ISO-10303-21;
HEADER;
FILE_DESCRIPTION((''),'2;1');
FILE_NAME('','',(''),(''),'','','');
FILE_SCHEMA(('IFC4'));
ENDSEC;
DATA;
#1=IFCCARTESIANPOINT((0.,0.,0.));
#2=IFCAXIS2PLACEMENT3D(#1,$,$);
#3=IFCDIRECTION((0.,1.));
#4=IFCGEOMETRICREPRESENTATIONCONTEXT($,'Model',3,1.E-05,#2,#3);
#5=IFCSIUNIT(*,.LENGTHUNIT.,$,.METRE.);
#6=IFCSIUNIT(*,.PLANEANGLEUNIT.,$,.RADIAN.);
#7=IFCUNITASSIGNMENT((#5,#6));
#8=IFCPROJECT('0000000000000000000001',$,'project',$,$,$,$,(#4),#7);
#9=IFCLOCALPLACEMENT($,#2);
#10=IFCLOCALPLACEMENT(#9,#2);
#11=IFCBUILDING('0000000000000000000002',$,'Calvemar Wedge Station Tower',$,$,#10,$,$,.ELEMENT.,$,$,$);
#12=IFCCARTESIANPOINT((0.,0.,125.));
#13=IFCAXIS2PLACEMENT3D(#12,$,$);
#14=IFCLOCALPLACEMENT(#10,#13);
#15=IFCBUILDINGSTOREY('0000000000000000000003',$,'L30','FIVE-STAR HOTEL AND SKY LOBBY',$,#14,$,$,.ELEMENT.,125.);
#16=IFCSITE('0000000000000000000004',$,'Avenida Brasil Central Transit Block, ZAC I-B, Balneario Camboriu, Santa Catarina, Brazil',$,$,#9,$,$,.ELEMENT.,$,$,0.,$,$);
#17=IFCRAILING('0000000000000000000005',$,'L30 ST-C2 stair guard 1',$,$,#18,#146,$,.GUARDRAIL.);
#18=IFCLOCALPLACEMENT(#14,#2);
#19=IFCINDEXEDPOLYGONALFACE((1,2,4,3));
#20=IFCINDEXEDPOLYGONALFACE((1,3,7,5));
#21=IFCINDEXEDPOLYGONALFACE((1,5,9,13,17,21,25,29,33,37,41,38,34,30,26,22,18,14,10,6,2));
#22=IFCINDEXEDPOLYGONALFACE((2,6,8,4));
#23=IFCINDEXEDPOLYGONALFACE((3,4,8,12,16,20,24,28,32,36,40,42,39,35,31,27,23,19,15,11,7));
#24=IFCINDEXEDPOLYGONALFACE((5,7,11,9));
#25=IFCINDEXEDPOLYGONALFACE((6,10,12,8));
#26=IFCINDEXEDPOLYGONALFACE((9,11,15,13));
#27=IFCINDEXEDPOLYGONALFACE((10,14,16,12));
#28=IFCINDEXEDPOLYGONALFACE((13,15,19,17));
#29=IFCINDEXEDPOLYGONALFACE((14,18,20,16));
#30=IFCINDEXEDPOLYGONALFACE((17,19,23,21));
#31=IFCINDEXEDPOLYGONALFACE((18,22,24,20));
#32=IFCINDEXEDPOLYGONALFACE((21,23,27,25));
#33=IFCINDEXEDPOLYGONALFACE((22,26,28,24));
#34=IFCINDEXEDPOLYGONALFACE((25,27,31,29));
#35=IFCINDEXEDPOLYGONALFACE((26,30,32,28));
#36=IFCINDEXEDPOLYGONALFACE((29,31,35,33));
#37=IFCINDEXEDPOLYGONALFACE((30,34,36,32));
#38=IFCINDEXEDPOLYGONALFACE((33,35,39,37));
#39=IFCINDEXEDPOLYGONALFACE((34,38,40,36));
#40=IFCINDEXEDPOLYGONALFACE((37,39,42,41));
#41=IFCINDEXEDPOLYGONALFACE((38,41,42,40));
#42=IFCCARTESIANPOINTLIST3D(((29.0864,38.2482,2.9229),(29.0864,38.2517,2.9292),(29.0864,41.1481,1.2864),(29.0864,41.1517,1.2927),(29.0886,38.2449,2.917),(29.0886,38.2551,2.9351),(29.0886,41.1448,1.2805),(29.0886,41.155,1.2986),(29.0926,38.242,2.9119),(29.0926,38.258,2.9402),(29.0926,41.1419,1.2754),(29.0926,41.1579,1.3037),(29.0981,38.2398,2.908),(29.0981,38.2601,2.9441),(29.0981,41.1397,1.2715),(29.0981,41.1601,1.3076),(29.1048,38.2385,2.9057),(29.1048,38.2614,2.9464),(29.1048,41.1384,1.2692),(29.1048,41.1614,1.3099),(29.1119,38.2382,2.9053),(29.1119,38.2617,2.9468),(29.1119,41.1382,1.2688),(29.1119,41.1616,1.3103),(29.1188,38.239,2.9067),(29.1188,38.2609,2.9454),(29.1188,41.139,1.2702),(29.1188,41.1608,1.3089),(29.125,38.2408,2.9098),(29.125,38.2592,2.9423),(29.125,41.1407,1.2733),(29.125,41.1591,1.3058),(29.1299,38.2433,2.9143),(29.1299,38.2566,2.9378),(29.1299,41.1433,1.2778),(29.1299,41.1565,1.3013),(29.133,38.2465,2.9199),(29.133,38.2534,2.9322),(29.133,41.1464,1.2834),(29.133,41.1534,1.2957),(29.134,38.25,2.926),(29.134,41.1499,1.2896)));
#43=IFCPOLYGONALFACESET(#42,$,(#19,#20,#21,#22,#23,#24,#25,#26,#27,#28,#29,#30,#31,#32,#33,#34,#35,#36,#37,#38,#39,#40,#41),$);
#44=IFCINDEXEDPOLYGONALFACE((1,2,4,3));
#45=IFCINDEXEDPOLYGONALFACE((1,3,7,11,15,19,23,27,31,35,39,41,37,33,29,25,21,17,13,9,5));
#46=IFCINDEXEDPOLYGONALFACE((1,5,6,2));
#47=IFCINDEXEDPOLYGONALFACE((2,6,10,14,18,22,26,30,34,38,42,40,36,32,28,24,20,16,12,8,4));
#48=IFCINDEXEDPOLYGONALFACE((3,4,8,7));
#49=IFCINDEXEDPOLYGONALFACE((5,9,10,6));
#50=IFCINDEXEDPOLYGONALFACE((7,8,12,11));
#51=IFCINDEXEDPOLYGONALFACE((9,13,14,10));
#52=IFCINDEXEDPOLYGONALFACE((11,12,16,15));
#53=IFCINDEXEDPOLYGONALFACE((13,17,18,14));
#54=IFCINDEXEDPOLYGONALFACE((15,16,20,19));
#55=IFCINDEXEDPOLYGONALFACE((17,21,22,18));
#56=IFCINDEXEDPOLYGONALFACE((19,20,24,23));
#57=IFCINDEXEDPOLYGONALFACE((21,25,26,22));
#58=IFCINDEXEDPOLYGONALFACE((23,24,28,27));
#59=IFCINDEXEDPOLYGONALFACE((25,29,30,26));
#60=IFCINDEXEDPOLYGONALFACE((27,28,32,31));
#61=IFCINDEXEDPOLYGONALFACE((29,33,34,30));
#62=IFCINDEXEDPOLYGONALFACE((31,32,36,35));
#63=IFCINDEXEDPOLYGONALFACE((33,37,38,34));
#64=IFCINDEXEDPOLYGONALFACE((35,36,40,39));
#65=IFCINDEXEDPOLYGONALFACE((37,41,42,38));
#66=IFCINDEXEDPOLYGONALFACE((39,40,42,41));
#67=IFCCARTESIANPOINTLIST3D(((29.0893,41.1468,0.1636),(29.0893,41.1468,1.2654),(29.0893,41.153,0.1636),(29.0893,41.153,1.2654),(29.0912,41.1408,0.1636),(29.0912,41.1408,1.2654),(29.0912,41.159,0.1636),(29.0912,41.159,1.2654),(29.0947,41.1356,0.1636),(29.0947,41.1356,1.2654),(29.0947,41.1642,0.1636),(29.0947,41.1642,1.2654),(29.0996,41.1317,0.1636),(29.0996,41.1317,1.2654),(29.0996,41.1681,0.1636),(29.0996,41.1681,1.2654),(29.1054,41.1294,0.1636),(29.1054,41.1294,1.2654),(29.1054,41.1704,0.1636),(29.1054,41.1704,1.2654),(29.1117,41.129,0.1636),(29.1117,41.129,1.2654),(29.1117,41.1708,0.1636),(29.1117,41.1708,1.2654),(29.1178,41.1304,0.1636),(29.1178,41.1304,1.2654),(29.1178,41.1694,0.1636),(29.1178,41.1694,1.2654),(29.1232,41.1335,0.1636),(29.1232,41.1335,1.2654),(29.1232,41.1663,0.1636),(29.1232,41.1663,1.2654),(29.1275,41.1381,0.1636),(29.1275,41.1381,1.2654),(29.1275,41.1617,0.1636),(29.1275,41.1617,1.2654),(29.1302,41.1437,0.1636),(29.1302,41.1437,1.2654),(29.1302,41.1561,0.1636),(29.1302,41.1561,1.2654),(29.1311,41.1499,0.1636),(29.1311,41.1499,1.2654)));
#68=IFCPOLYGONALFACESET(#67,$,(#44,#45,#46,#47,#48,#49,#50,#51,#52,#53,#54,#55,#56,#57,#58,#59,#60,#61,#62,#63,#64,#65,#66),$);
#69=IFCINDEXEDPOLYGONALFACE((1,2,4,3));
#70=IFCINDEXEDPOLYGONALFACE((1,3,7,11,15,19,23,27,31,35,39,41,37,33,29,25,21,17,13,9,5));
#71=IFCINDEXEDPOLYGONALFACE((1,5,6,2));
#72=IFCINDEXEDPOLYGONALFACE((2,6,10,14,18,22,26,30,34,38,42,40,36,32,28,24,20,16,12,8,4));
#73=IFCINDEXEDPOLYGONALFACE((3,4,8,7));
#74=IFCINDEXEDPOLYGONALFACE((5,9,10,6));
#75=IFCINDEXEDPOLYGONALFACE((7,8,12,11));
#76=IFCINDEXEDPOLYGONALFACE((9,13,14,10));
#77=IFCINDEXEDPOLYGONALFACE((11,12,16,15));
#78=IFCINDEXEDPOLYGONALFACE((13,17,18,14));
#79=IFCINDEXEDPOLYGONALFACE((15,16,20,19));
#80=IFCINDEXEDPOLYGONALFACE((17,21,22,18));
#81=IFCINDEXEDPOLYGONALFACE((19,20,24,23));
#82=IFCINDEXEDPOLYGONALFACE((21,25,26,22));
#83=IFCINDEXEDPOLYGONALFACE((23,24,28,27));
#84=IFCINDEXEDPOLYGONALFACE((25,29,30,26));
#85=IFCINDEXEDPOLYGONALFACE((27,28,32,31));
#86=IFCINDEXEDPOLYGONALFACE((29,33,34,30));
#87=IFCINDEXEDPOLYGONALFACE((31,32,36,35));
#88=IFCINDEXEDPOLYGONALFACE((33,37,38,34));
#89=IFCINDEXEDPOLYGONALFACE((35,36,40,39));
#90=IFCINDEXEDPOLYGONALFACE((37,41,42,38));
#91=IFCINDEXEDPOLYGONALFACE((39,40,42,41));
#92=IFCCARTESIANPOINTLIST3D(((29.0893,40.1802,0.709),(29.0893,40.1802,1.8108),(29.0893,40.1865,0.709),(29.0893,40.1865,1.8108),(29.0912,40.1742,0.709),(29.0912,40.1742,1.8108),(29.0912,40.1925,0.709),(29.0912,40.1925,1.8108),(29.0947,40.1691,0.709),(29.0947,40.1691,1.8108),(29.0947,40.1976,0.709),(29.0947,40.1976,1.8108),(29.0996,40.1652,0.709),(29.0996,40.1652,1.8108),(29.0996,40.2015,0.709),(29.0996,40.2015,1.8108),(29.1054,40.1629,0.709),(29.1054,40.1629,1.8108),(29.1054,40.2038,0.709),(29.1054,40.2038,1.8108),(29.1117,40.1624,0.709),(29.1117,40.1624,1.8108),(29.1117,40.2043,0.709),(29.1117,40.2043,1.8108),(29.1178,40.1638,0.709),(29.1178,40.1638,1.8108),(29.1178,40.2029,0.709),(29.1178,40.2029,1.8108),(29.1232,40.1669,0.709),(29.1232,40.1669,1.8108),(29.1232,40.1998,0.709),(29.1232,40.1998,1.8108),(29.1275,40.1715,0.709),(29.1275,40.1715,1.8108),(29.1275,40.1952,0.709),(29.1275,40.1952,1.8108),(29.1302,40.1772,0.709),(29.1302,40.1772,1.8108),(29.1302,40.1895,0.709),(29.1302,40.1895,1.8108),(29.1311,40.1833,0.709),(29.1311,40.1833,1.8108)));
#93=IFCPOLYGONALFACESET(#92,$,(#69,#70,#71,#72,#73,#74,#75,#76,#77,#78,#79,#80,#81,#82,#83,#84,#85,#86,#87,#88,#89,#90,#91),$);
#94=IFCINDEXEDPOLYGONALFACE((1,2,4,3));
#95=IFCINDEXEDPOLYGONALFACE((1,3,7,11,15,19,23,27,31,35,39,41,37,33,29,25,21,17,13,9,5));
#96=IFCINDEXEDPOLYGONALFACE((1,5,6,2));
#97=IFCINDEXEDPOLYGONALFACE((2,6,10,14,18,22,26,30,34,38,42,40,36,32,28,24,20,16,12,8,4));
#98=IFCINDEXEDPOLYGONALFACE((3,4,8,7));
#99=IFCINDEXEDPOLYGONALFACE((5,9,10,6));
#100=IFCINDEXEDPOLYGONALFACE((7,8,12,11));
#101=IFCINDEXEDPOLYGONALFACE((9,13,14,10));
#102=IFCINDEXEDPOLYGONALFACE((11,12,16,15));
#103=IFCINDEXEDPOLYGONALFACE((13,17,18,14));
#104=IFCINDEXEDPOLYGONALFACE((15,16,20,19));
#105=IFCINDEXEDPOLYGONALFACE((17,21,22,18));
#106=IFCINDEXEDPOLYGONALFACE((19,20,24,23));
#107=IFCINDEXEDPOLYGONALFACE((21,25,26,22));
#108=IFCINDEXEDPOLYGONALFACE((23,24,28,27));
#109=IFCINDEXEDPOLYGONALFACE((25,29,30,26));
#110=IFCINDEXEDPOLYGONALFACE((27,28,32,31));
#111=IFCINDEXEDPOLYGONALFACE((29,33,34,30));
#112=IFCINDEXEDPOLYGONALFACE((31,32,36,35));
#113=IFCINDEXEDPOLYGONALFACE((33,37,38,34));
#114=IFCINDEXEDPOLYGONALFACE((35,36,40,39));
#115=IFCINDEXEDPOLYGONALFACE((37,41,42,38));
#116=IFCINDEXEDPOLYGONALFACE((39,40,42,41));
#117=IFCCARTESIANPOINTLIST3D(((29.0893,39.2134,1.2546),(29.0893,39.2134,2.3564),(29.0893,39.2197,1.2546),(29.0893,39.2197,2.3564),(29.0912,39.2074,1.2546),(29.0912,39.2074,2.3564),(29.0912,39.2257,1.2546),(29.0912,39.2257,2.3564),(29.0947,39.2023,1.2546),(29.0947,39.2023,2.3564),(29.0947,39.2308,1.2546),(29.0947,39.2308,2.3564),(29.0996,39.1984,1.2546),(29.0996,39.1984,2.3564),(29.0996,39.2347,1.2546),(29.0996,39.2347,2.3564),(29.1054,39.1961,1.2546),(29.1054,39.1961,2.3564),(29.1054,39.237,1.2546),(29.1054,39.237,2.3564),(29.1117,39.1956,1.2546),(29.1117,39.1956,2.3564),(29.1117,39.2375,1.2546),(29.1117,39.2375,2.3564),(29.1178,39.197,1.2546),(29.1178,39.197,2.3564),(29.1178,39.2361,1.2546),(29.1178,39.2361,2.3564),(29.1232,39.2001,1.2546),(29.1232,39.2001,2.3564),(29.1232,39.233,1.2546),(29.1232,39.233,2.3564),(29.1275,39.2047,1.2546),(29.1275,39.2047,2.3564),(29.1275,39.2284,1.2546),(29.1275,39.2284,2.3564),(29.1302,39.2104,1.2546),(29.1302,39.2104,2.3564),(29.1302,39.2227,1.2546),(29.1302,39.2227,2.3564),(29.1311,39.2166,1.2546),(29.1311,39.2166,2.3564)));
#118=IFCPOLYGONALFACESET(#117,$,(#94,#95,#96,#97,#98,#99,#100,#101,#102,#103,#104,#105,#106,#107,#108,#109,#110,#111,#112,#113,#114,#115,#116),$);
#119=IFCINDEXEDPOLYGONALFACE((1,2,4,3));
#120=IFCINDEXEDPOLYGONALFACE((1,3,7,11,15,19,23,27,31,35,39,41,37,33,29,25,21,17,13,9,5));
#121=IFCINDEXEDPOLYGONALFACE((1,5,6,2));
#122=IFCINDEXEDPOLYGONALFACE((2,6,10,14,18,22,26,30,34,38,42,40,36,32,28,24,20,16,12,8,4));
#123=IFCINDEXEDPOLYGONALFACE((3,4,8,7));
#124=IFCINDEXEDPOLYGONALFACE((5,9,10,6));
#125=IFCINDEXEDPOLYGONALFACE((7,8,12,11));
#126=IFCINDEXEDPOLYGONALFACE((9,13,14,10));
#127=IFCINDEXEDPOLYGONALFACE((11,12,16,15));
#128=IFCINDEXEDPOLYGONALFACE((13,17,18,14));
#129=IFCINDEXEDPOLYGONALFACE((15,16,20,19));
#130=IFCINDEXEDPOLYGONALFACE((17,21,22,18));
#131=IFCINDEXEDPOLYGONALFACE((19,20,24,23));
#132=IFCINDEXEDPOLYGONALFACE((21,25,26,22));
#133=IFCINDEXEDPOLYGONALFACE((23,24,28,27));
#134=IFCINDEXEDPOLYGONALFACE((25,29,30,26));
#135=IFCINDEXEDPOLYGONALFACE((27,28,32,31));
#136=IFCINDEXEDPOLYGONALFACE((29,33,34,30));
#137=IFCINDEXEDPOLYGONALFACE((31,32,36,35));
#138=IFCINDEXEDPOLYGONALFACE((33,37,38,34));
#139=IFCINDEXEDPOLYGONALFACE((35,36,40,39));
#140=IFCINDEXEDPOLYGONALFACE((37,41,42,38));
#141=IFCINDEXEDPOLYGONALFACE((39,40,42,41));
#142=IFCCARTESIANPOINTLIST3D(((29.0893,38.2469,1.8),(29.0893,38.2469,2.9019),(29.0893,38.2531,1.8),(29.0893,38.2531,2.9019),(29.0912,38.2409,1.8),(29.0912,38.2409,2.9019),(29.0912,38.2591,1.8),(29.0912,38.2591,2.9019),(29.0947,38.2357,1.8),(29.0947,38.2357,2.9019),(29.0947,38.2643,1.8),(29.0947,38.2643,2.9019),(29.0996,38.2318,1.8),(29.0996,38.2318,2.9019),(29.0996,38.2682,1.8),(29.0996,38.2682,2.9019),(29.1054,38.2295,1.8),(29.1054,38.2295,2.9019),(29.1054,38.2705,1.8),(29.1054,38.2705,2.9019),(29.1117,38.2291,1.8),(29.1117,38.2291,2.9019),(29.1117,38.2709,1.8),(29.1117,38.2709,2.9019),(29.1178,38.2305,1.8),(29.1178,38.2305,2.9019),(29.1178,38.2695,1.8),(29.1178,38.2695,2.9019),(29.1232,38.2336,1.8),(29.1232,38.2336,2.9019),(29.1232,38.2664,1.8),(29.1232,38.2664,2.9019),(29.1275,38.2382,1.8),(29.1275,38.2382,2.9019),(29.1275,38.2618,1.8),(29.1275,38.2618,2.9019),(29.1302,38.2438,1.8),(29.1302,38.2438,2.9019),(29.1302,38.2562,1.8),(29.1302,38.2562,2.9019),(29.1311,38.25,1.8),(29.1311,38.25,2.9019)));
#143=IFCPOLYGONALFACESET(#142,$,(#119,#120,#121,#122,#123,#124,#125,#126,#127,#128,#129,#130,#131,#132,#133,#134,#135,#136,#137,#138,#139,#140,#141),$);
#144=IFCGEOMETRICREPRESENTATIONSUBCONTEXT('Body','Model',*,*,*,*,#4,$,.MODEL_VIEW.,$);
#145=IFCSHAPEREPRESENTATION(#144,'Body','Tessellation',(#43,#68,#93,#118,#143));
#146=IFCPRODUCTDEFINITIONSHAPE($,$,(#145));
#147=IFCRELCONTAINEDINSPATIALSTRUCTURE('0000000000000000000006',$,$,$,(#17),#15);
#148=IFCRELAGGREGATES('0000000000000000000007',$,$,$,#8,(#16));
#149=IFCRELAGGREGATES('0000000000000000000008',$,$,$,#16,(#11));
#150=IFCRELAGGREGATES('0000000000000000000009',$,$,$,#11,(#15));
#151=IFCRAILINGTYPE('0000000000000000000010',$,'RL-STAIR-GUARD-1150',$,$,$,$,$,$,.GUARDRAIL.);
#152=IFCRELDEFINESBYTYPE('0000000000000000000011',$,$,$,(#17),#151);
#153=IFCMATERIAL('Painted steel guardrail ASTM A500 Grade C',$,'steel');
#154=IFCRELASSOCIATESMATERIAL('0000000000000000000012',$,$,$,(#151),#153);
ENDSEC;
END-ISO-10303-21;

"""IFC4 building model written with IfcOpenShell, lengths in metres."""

from ifc_helpers import new_model, si_unit, direction, frame, origin, origin_2d, place, context, subcontext, project, spatial, circle, extrude, material, type_object, element, save


model = new_model("IFC4")

# Units and contexts
model_context = context("Model", 3, precision=1e-05, world=origin(), true_north=direction((0.0, 1.0)))
body_context = subcontext(model_context, "Body", "Model", "MODEL_VIEW")
ifc_project = project(units=[si_unit("LENGTHUNIT", "METRE"), si_unit("PLANEANGLEUNIT", "RADIAN")], contexts=[model_context])

# Site, building, storey
site_placement = place(None, origin())
site = spatial("IfcSite", under=ifc_project, at=site_placement, Name="Avenida Brasil Central Transit Block, ZAC I-B, Balneario Camboriu, Santa Catarina, Brazil", CompositionType="ELEMENT", RefElevation=0.0)
building_placement = place(site_placement, origin())
building = spatial("IfcBuilding", under=site, at=building_placement, Name="Calvemar Wedge Station Tower", CompositionType="ELEMENT")
storey_placement = place(building_placement, frame((0.0, 0.0, 125.0)))
storey = spatial("IfcBuildingStorey", under=building, at=storey_placement, Name="L30", Description="FIVE-STAR HOTEL AND SKY LOBBY", CompositionType="ELEMENT", Elevation=125.0)

# Railing
ifc_material_1 = material(Name="Painted steel guardrail ASTM A500 Grade C", Category="steel")
railing_type_1 = type_object("IfcRailingType", Name="RL-STAIR-GUARD-1150", PredefinedType="GUARDRAIL", material=ifc_material_1)
railing_1_placement = place(storey_placement, frame((29.1101, 41.1499, 0.1636)))
element("IfcRailing", 1, at=railing_1_placement, inside=storey, type_object=railing_type_1, Name="L30 ST-C2 stair guard 1", PredefinedType="GUARDRAIL", context=body_context, shape_type="SweptSolid", body=[
    extrude(circle(Radius=0.0239, at=origin_2d()), frame((0.0, 0.0, 1.126), z_axis=(0.0, -0.870897, 0.491465), x_axis=(1.0, 0.0, 0.0)), (0.0, 0.0, 1.0), 3.3298),
    extrude(circle(Radius=0.021, at=origin_2d()), origin(), (0.0, 0.0, 1.0), 1.1018),
    extrude(circle(Radius=0.021, at=origin_2d()), frame((0.0, -0.9666, 0.5454)), (0.0, 0.0, 1.0), 1.1018),
    extrude(circle(Radius=0.021, at=origin_2d()), frame((0.0, -1.9333, 1.0911)), (0.0, 0.0, 1.0), 1.1018),
    extrude(circle(Radius=0.021, at=origin_2d()), frame((0.0, -2.8999, 1.6365)), (0.0, 0.0, 1.0), 1.1018),
])

save(model, "model.ifc")
